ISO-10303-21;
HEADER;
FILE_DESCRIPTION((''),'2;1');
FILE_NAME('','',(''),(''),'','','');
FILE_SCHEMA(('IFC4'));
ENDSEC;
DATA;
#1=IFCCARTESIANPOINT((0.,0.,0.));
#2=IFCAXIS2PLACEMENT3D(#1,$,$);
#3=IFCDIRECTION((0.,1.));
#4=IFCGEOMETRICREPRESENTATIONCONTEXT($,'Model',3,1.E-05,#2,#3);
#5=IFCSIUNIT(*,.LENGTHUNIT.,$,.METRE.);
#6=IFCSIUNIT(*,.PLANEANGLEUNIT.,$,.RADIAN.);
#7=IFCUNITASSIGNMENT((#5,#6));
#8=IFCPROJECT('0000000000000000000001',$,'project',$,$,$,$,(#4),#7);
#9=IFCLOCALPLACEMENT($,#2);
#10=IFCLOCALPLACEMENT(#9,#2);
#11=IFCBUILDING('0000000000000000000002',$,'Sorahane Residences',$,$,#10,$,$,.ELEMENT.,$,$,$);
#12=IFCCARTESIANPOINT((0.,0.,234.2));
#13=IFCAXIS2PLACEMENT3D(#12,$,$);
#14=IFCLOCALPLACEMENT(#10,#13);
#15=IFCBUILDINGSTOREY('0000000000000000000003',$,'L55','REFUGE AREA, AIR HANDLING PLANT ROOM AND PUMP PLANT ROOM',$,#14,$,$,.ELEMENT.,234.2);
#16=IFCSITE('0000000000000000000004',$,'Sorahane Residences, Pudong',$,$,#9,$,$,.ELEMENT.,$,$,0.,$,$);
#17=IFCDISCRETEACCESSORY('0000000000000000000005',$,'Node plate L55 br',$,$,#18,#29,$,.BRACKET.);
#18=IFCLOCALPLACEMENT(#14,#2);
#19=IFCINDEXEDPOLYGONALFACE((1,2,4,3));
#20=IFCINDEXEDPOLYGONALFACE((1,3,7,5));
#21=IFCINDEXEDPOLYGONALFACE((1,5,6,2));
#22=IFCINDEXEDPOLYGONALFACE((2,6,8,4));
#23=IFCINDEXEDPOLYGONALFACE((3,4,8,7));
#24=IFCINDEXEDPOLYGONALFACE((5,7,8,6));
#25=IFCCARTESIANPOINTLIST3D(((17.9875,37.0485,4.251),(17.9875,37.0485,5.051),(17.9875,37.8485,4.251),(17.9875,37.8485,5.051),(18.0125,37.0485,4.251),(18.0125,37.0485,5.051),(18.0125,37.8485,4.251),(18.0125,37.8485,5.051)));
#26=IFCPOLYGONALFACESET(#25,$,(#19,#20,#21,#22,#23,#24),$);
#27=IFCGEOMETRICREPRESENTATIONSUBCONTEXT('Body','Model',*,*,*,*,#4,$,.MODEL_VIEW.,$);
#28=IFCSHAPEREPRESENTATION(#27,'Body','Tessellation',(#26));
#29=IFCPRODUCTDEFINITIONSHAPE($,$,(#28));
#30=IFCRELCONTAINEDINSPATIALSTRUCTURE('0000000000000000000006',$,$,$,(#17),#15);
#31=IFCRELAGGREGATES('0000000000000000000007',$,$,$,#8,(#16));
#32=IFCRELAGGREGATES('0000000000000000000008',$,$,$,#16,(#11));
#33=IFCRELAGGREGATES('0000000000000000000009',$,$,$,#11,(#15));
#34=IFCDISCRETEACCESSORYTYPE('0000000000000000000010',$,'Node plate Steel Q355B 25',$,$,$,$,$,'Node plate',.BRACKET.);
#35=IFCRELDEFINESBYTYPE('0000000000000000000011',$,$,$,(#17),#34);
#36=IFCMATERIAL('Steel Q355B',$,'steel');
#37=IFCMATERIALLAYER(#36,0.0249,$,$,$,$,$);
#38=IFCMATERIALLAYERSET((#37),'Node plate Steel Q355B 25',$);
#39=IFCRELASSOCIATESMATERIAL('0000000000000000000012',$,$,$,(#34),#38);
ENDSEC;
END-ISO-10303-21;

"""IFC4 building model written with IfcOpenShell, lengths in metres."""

from ifc_helpers import new_model, si_unit, direction, frame, origin, origin_2d, place, context, subcontext, project, spatial, rectangle, extrude, material, layer, layer_set, type_object, element, save


model = new_model("IFC4")

# Units and contexts
model_context = context("Model", 3, precision=1e-05, world=origin(), true_north=direction((0.0, 1.0)))
body_context = subcontext(model_context, "Body", "Model", "MODEL_VIEW")
ifc_project = project(units=[si_unit("LENGTHUNIT", "METRE"), si_unit("PLANEANGLEUNIT", "RADIAN")], contexts=[model_context])

# Site, building, storey
site_placement = place(None, origin())
site = spatial("IfcSite", under=ifc_project, at=site_placement, Name="Sorahane Residences, Pudong", CompositionType="ELEMENT", RefElevation=0.0)
building_placement = place(site_placement, origin())
building = spatial("IfcBuilding", under=site, at=building_placement, Name="Sorahane Residences", CompositionType="ELEMENT")
storey_placement = place(building_placement, frame((0.0, 0.0, 234.2)))
storey = spatial("IfcBuildingStorey", under=building, at=storey_placement, Name="L55", Description="REFUGE AREA, AIR HANDLING PLANT ROOM AND PUMP PLANT ROOM", CompositionType="ELEMENT", Elevation=234.2)

# Discrete accessory
ifc_material_1 = material(Name="Steel Q355B", Category="steel")
ifc_layer_1 = layer(ifc_material_1, 0.0249)
ifc_layer_set_1 = layer_set([ifc_layer_1], Name="Node plate Steel Q355B 25")
discrete_accessory_type = type_object("IfcDiscreteAccessoryType", Name="Node plate Steel Q355B 25", ElementType="Node plate", PredefinedType="BRACKET", material=ifc_layer_set_1)
for number, where, z_axis, x_axis, name in (
    (1, (18.0, 37.4485, 4.251), (0.0, 0.0, 1.0), (0.0, 1.0, 0.0), "Node plate L55 br"),
):
    element("IfcDiscreteAccessory", number, at=place(storey_placement, frame(where, z_axis=z_axis, x_axis=x_axis)), inside=storey, type_object=discrete_accessory_type, Name=name, PredefinedType="BRACKET", context=body_context, shape_type="SweptSolid", body=[
        extrude(rectangle(XDim=0.8, YDim=0.0249, at=origin_2d()), origin(), (0.0, 0.0, 1.0), 0.8),
    ])

save(model, "model.ifc")
